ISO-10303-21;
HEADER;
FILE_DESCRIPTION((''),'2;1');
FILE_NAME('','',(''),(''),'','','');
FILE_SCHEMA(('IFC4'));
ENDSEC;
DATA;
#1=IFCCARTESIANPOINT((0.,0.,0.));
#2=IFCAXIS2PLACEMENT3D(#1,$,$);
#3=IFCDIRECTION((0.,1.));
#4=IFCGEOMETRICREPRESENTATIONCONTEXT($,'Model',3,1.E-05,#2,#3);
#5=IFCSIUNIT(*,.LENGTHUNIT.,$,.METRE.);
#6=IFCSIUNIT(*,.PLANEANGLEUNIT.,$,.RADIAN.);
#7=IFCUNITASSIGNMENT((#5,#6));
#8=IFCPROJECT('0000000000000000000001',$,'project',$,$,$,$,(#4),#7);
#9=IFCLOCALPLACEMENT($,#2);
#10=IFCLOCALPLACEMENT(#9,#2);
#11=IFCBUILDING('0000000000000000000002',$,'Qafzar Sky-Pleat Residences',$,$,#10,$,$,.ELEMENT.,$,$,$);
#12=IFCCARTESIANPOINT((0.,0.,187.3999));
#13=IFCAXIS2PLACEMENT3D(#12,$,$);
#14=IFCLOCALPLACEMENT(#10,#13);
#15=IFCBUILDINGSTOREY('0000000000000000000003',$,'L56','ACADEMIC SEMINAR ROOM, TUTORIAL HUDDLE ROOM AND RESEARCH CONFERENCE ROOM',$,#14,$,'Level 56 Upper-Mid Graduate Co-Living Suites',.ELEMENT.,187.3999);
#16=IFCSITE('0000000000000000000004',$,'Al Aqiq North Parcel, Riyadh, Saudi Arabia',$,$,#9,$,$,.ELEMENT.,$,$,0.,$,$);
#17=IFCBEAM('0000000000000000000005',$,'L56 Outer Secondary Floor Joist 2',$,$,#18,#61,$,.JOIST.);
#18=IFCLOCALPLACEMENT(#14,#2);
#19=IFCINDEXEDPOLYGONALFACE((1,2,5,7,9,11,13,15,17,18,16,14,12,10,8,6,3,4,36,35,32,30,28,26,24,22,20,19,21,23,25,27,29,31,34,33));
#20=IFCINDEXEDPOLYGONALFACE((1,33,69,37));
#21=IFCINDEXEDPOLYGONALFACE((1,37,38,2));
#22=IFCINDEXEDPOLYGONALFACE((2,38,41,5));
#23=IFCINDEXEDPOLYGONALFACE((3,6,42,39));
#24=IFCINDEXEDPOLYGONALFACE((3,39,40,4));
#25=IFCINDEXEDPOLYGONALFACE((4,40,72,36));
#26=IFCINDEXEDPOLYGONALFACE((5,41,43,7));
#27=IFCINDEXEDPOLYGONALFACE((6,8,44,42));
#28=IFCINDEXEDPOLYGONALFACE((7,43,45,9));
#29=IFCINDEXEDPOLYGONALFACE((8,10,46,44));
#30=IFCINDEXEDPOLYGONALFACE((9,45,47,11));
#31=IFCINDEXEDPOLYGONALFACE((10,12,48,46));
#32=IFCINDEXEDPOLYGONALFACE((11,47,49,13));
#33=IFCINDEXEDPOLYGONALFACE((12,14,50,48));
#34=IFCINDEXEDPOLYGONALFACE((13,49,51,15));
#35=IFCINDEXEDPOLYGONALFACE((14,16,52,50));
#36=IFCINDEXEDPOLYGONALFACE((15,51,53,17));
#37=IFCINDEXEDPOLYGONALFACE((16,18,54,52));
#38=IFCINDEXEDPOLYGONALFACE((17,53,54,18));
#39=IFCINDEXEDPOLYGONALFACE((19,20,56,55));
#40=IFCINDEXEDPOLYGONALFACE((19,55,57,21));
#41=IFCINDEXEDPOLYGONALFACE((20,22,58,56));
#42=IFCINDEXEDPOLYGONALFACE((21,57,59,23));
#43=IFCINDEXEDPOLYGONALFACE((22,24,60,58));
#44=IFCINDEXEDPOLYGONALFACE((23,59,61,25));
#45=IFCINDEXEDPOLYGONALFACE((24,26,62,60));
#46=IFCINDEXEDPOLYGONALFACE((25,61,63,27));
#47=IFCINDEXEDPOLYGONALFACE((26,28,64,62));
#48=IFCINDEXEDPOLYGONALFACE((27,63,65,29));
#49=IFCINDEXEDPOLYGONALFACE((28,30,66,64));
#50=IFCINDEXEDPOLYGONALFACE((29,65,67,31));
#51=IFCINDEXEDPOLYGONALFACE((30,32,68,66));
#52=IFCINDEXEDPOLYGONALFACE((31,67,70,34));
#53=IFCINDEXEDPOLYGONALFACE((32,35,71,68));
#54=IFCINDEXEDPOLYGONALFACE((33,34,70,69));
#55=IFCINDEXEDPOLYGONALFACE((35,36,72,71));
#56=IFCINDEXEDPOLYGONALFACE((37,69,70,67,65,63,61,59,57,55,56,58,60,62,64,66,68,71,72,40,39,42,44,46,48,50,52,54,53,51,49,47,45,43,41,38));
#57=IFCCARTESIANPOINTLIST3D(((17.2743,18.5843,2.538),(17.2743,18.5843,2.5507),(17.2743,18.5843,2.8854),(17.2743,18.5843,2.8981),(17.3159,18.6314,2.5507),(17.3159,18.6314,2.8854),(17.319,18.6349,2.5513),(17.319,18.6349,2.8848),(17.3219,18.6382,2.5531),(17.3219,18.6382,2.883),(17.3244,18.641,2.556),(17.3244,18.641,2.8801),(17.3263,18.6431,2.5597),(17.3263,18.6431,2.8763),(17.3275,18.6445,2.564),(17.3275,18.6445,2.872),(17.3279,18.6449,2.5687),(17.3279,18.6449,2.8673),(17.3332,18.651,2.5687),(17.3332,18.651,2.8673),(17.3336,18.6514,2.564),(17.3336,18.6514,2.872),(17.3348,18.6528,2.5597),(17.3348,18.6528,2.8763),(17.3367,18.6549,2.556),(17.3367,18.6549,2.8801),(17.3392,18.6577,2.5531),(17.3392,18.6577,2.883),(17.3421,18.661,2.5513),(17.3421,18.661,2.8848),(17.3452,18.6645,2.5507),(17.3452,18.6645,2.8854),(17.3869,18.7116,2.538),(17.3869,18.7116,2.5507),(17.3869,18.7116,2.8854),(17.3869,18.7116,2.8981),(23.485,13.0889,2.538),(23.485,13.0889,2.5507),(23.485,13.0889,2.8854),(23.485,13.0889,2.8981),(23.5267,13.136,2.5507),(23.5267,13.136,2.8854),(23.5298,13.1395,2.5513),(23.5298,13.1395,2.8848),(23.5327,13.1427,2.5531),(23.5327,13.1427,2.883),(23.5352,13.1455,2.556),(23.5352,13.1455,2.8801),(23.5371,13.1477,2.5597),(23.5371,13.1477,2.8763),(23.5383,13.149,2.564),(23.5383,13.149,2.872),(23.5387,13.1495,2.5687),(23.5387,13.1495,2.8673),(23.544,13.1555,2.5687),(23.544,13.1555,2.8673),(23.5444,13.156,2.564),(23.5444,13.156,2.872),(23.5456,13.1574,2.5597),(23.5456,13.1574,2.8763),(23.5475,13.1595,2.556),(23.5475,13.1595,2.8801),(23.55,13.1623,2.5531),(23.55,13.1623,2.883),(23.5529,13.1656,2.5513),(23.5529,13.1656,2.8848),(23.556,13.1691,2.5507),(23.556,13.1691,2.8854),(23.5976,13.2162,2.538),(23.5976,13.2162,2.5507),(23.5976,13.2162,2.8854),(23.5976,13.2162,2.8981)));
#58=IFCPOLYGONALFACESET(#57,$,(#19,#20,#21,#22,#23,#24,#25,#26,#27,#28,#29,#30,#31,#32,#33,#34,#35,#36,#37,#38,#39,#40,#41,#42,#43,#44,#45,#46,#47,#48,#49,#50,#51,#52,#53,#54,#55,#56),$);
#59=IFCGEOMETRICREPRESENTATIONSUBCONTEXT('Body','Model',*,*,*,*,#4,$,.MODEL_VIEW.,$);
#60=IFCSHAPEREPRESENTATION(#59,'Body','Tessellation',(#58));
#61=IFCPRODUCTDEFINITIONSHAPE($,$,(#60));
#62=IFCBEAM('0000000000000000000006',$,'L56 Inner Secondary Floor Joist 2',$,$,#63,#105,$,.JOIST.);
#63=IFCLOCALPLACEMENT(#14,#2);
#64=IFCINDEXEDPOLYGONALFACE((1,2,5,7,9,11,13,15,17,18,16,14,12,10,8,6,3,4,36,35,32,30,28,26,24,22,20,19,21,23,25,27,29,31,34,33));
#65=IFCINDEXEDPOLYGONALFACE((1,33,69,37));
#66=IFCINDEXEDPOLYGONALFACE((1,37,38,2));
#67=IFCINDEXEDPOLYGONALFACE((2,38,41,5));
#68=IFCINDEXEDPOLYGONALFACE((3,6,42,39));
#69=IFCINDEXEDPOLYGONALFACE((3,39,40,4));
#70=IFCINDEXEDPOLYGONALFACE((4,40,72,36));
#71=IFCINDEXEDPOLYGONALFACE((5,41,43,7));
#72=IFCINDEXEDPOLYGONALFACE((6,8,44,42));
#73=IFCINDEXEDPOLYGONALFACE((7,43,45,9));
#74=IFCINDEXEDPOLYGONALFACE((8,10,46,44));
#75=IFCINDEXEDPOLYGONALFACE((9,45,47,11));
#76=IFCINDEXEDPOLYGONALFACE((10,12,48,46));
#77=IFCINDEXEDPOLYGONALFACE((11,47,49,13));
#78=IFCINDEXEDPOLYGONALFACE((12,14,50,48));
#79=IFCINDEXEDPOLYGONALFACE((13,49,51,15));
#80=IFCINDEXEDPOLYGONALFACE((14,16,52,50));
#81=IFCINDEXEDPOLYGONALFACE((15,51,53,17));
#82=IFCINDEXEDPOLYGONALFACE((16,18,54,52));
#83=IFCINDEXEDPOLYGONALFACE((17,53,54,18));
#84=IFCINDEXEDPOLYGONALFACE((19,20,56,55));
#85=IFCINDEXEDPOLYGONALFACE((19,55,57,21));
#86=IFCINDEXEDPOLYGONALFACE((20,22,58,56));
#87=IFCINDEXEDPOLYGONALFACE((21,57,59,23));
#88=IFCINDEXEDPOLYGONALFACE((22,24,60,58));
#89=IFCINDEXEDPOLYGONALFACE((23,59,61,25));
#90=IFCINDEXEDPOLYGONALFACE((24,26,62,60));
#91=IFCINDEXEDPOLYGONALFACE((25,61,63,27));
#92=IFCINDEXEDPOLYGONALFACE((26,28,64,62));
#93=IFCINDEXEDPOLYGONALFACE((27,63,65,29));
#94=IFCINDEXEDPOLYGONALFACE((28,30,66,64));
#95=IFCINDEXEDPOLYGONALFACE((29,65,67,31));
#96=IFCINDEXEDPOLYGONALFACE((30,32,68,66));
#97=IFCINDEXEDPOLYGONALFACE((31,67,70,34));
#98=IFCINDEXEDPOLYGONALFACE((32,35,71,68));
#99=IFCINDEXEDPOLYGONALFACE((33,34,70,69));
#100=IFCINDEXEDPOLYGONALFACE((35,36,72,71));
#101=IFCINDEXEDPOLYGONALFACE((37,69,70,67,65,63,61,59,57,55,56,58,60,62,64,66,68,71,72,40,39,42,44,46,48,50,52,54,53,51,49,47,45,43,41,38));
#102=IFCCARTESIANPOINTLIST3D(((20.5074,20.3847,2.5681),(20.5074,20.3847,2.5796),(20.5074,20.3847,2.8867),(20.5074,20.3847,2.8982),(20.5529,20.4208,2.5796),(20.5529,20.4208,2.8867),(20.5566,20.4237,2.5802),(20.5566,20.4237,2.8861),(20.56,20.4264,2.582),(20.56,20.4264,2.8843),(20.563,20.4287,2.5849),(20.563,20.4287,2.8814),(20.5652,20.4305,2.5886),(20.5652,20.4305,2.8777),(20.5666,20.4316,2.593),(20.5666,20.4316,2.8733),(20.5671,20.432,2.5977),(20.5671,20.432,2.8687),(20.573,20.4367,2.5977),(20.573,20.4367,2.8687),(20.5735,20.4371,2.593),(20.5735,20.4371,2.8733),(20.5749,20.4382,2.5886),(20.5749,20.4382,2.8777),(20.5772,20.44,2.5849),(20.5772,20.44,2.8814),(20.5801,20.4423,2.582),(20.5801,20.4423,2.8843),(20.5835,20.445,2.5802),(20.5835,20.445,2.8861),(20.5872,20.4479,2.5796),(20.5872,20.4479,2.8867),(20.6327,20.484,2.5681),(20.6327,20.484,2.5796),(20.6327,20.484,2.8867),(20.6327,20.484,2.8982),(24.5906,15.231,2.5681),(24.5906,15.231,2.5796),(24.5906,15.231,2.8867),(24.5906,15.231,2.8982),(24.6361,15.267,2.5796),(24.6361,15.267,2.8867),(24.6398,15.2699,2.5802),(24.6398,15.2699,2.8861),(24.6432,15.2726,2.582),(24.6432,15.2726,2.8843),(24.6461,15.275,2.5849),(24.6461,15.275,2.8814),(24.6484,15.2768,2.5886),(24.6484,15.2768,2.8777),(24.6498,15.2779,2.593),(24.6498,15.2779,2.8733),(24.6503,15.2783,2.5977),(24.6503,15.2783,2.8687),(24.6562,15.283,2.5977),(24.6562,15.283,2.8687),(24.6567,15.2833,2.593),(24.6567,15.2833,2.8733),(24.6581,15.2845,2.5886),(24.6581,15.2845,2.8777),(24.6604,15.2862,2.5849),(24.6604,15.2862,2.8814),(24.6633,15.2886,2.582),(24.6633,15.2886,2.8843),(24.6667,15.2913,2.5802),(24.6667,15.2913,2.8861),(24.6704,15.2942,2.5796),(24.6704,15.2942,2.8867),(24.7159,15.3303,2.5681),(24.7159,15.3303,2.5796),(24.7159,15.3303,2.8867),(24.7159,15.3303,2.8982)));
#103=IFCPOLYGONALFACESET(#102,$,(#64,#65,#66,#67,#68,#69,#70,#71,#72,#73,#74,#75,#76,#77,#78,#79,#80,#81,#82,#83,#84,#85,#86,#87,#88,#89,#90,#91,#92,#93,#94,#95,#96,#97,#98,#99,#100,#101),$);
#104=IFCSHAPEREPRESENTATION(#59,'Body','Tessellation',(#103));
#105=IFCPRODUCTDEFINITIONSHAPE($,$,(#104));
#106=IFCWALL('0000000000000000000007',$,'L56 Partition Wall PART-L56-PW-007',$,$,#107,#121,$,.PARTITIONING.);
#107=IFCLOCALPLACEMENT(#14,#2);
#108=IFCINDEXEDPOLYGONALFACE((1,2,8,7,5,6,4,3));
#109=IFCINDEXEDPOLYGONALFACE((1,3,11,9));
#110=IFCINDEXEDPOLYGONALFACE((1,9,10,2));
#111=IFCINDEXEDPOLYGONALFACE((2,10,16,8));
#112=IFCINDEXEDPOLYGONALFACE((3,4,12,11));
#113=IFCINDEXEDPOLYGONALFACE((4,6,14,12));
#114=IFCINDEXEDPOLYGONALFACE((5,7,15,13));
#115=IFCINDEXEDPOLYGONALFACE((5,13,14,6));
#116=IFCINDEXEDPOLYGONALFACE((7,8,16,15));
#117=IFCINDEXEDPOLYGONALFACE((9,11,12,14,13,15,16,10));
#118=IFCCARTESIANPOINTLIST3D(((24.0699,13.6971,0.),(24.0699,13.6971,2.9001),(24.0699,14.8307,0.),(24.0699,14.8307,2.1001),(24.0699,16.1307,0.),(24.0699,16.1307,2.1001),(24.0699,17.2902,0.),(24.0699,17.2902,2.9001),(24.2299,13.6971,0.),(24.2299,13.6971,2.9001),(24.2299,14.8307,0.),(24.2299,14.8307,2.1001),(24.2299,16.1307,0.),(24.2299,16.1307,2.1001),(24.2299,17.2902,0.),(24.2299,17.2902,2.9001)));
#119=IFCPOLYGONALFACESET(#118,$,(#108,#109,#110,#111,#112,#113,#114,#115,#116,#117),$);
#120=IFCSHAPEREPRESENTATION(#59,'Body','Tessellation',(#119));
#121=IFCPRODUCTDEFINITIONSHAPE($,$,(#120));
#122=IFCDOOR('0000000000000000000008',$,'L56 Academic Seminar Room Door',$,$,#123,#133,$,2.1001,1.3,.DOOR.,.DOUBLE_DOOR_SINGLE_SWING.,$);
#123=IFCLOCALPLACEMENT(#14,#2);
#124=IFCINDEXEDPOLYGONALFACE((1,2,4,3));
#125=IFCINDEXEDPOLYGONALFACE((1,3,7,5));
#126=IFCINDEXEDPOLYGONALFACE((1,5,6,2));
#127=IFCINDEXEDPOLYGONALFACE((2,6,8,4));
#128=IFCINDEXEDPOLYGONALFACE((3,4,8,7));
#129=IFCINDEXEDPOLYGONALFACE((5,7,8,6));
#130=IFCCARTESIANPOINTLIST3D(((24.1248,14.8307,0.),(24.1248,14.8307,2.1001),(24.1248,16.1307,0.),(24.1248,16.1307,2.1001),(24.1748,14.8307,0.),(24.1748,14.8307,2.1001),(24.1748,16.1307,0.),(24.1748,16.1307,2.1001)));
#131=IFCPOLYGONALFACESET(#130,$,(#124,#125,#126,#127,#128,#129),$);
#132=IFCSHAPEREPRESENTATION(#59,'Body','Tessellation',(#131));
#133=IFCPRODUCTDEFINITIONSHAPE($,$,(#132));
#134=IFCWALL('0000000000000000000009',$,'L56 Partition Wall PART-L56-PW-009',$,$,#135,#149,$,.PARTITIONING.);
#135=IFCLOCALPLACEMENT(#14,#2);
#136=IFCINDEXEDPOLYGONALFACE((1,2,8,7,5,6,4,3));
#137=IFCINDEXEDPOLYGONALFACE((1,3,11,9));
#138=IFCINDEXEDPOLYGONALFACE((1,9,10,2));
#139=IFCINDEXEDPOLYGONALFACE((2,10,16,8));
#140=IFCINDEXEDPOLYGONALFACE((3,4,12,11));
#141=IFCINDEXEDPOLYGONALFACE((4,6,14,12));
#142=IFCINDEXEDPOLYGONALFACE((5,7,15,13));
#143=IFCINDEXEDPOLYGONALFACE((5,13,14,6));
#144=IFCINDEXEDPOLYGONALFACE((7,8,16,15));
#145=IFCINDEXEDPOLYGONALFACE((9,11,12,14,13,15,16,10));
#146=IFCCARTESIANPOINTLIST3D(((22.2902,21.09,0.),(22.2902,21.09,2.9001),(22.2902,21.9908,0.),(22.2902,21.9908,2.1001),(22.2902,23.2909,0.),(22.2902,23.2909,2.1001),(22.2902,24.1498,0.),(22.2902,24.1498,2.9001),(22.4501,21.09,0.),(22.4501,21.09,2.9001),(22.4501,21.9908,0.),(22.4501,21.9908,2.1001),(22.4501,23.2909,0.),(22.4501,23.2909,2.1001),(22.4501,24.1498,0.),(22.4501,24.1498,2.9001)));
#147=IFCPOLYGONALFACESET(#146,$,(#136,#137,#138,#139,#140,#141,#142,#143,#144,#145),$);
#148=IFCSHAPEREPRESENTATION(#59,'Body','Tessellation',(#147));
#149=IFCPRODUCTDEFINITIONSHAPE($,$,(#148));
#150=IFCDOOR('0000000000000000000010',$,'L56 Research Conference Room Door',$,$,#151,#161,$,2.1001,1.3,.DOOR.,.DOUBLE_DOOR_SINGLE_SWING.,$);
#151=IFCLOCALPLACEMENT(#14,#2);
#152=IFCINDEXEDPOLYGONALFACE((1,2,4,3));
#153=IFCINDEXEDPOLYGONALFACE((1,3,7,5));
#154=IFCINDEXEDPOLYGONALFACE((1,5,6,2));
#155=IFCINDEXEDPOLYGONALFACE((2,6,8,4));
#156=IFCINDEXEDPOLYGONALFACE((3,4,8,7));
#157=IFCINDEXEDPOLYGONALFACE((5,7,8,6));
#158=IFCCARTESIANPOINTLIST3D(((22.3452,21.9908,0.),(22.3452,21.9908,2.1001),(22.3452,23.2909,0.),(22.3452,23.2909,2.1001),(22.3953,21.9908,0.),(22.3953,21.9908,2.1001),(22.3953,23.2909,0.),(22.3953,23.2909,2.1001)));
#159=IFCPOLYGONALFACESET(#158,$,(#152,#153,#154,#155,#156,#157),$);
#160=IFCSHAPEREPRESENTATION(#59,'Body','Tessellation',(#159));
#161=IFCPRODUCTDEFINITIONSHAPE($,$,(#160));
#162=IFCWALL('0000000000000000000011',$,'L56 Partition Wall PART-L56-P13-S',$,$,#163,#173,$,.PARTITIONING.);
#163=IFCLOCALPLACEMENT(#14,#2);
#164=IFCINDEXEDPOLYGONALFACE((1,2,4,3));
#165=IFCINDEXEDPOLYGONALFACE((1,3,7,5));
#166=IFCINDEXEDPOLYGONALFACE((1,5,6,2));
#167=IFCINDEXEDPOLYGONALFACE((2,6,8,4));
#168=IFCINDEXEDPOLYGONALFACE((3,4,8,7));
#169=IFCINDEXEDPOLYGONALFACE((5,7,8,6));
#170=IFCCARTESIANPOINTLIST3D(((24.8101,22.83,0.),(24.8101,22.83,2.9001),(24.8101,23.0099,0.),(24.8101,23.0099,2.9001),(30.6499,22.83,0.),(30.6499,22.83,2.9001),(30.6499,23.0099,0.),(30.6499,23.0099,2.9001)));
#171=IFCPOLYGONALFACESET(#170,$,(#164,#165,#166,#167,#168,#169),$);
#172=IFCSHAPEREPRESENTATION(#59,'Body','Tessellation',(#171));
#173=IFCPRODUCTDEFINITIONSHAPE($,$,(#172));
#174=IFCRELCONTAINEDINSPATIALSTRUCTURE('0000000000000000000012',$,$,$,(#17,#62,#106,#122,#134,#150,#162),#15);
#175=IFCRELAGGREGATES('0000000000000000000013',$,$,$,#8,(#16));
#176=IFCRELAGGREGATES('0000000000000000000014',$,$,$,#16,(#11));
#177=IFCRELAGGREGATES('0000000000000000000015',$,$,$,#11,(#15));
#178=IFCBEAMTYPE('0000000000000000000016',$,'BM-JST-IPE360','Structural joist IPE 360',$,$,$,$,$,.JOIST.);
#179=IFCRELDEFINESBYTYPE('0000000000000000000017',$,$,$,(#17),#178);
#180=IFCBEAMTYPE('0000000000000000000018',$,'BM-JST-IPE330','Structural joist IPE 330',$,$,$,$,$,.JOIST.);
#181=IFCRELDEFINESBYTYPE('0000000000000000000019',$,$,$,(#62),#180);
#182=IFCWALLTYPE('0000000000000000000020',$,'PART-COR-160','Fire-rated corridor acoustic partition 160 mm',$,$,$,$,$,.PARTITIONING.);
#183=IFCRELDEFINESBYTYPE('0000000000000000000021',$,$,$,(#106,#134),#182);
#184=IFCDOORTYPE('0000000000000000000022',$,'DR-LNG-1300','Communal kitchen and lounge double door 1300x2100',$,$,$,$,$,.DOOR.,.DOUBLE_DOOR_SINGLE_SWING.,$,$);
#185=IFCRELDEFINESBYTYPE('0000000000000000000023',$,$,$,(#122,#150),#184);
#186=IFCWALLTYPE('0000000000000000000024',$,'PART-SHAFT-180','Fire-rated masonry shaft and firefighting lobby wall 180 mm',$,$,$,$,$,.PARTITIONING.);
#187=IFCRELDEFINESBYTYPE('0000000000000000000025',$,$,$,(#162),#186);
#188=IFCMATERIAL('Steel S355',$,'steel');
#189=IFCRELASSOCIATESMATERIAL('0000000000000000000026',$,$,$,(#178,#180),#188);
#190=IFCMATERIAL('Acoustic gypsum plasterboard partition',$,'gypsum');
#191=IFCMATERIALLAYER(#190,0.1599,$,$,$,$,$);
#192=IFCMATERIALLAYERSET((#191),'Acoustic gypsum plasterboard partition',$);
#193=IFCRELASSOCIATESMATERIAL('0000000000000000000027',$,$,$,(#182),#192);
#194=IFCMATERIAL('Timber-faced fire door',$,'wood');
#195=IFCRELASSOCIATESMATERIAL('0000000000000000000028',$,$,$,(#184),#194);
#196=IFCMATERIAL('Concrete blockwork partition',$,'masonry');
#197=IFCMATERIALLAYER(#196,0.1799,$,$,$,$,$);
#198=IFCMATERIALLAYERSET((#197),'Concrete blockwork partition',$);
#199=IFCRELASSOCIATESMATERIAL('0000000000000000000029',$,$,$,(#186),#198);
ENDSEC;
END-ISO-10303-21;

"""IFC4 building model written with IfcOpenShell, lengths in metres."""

from ifc_helpers import new_model, si_unit, direction, frame, frame_2d, origin, origin_2d, place, context, subcontext, project, spatial, rectangle, i_section, extrude, source, transform, mapped, material, layer, layer_set, material_profile, profile_set, type_object, element, fill, save


model = new_model("IFC4")

# Units and contexts
model_context = context("Model", 3, precision=1e-05, world=origin(), true_north=direction((0.0, 1.0)))
body_context = subcontext(model_context, "Body", "Model", "MODEL_VIEW")
ifc_project = project(units=[si_unit("LENGTHUNIT", "METRE"), si_unit("PLANEANGLEUNIT", "RADIAN")], contexts=[model_context])

# Site, building, storey
site_placement = place(None, origin())
site = spatial("IfcSite", under=ifc_project, at=site_placement, Name="Al Aqiq North Parcel, Riyadh, Saudi Arabia", CompositionType="ELEMENT", RefElevation=0.0)
building_placement = place(site_placement, origin())
building = spatial("IfcBuilding", under=site, at=building_placement, Name="Qafzar Sky-Pleat Residences", CompositionType="ELEMENT")
storey_placement = place(building_placement, frame((0.0, 0.0, 187.3999)))
storey = spatial("IfcBuildingStorey", under=building, at=storey_placement, Name="L56", Description="ACADEMIC SEMINAR ROOM, TUTORIAL HUDDLE ROOM AND RESEARCH CONFERENCE ROOM", LongName="Level 56 Upper-Mid Graduate Co-Living Suites", CompositionType="ELEMENT", Elevation=187.3999)

# Beams
ifc_material_1 = material(Name="Steel S355", Category="steel")
ifc_material_profile_1 = material_profile(ifc_material_1, i_section(OverallWidth=0.1699, OverallDepth=0.3601, WebThickness=0.0081, FlangeThickness=0.0127, FilletRadius=0.0181, at=origin_2d()), Name="IPE 360")
ifc_profile_set_1 = profile_set([ifc_material_profile_1], Name="Steel S355")
beam_type_1 = type_object("IfcBeamType", Name="BM-JST-IPE360", Description="Structural joist IPE 360", PredefinedType="JOIST", material=ifc_profile_set_1)
shared_shape_1 = source(origin(), body_context, "Body", "SweptSolid", [
    extrude(i_section(OverallWidth=0.1699, OverallDepth=0.3601, WebThickness=0.0081, FlangeThickness=0.0127, FilletRadius=0.0181, at=origin_2d()), origin(), (0.0, 0.0, 1.0), 8.293),
])
beam_1_placement = place(storey_placement, frame((17.3306, 18.6479, 2.718), z_axis=(0.74892, -0.662661, 0.0), x_axis=(0.662661, 0.74892, 0.0)))
element("IfcBeam", 1, at=beam_1_placement, inside=storey, type_object=beam_type_1, Name="L56 Outer Secondary Floor Joist 2", PredefinedType="JOIST", context=body_context, shape_type="MappedRepresentation", body=[
    mapped(shared_shape_1, transform((0.0, 0.0, 0.0), x_axis=(1.0, 0.0, 0.0), y_axis=(0.0, 1.0, 0.0), z_axis=(0.0, 0.0, 1.0), scale=1.0)),
])
ifc_material_profile_2 = material_profile(ifc_material_1, i_section(OverallWidth=0.1599, OverallDepth=0.3301, WebThickness=0.0076, FlangeThickness=0.0115, FilletRadius=0.0181, at=origin_2d()), Name="IPE 330")
ifc_profile_set_2 = profile_set([ifc_material_profile_2], Name="Steel S355")
beam_type_2 = type_object("IfcBeamType", Name="BM-JST-IPE330", Description="Structural joist IPE 330", PredefinedType="JOIST", material=ifc_profile_set_2)
shared_shape_2 = source(origin(), body_context, "Body", "SweptSolid", [
    extrude(i_section(OverallWidth=0.1599, OverallDepth=0.3301, WebThickness=0.0076, FlangeThickness=0.0115, FilletRadius=0.0181, at=origin_2d()), origin(), (0.0, 0.0, 1.0), 6.5752),
])
beam_2_placement = place(storey_placement, frame((20.5701, 20.4343, 2.7332), z_axis=(0.620998, -0.783812, 0.0), x_axis=(0.783812, 0.620998, 0.0)))
element("IfcBeam", 2, at=beam_2_placement, inside=storey, type_object=beam_type_2, Name="L56 Inner Secondary Floor Joist 2", PredefinedType="JOIST", context=body_context, shape_type="MappedRepresentation", body=[
    mapped(shared_shape_2, transform((0.0, 0.0, 0.0), x_axis=(1.0, 0.0, 0.0), y_axis=(0.0, 1.0, 0.0), z_axis=(0.0, 0.0, 1.0), scale=1.0)),
])

# Walls, openings, doors
ifc_material_2 = material(Name="Acoustic gypsum plasterboard partition", Category="gypsum")
ifc_layer_1 = layer(ifc_material_2, 0.1599)
ifc_layer_set_1 = layer_set([ifc_layer_1], Name="Acoustic gypsum plasterboard partition")
wall_type_1 = type_object("IfcWallType", Name="PART-COR-160", Description="Fire-rated corridor acoustic partition 160 mm", PredefinedType="PARTITIONING", material=ifc_layer_set_1)
wall_1_placement = place(storey_placement, frame((24.1499, 17.29, 0.0), z_axis=(0.0, 0.0, 1.0), x_axis=(0.0, -1.0, 0.0)))
wall_1 = element("IfcWall", 3, at=wall_1_placement, inside=storey, type_object=wall_type_1, Name="L56 Partition Wall PART-L56-PW-007", PredefinedType="PARTITIONING", context=body_context, shape_type="SweptSolid", body=[
    extrude(rectangle(XDim=3.593, YDim=0.1599, at=frame_2d((1.7964, 0.0))), origin(), (0.0, 0.0, 1.0), 2.9001),
])
opening_1_placement = place(wall_1_placement, frame((1.1594, 0.0, 0.0)))
opening_1 = element("IfcOpeningElement", 4, at=opening_1_placement, cuts=wall_1, PredefinedType="OPENING", context=body_context, shape_type="SweptSolid", body=[
    extrude(rectangle(XDim=1.3, YDim=2.1001, at=frame_2d((0.6499, 1.05))), frame((0.0, 0.0898, 0.0), z_axis=(0.0, -1.0, 0.0), x_axis=(1.0, 0.0, 0.0)), (0.0, 0.0, 1.0), 0.1799),
])
ifc_material_3 = material(Name="Timber-faced fire door", Category="wood")
door_type_1 = type_object("IfcDoorType", Name="DR-LNG-1300", Description="Communal kitchen and lounge double door 1300x2100", OperationType="DOUBLE_DOOR_SINGLE_SWING", PredefinedType="DOOR", material=ifc_material_3)
shared_shape_3 = source(origin(), body_context, "Body", "SweptSolid", [
    extrude(rectangle(XDim=1.3, YDim=2.1001, at=frame_2d((0.6499, 1.05))), frame((0.0, 0.0249, 0.0), z_axis=(0.0, -1.0, 0.0), x_axis=(1.0, 0.0, 0.0)), (0.0, 0.0, 1.0), 0.05),
])
door_1_placement = place(opening_1_placement, origin())
door_1 = element("IfcDoor", 5, at=door_1_placement, inside=storey, type_object=door_type_1, Name="L56 Academic Seminar Room Door", OperationType="DOUBLE_DOOR_SINGLE_SWING", OverallHeight=2.1001, OverallWidth=1.3, PredefinedType="DOOR", context=body_context, shape_type="MappedRepresentation", body=[
    mapped(shared_shape_3, transform((0.0, 0.0, 0.0), x_axis=(1.0, 0.0, 0.0), y_axis=(0.0, 1.0, 0.0), z_axis=(0.0, 0.0, 1.0), scale=1.0)),
])
fill(opening_1, door_1)
wall_2_placement = place(storey_placement, frame((22.3701, 21.0901, 0.0), z_axis=(0.0, 0.0, 1.0), x_axis=(0.0, 1.0, 0.0)))
wall_2 = element("IfcWall", 6, at=wall_2_placement, inside=storey, type_object=wall_type_1, Name="L56 Partition Wall PART-L56-PW-009", PredefinedType="PARTITIONING", context=body_context, shape_type="SweptSolid", body=[
    extrude(rectangle(XDim=3.0598, YDim=0.1599, at=frame_2d((1.5298, 0.0))), origin(), (0.0, 0.0, 1.0), 2.9001),
])
opening_2_placement = place(wall_2_placement, frame((0.9009, 0.0, 0.0)))
opening_2 = element("IfcOpeningElement", 7, at=opening_2_placement, cuts=wall_2, PredefinedType="OPENING", context=body_context, shape_type="SweptSolid", body=[
    extrude(rectangle(XDim=1.3, YDim=2.1001, at=frame_2d((0.6499, 1.05))), frame((0.0, 0.0898, 0.0), z_axis=(0.0, -1.0, 0.0), x_axis=(1.0, 0.0, 0.0)), (0.0, 0.0, 1.0), 0.1799),
])
door_2_placement = place(opening_2_placement, origin())
door_2 = element("IfcDoor", 8, at=door_2_placement, inside=storey, type_object=door_type_1, Name="L56 Research Conference Room Door", OperationType="DOUBLE_DOOR_SINGLE_SWING", OverallHeight=2.1001, OverallWidth=1.3, PredefinedType="DOOR", context=body_context, shape_type="MappedRepresentation", body=[
    mapped(shared_shape_3, transform((0.0, 0.0, 0.0), x_axis=(1.0, 0.0, 0.0), y_axis=(0.0, 1.0, 0.0), z_axis=(0.0, 0.0, 1.0), scale=1.0)),
])
fill(opening_2, door_2)

# Wall
ifc_material_4 = material(Name="Concrete blockwork partition", Category="masonry")
ifc_layer_2 = layer(ifc_material_4, 0.1799)
ifc_layer_set_2 = layer_set([ifc_layer_2], Name="Concrete blockwork partition")
wall_type_2 = type_object("IfcWallType", Name="PART-SHAFT-180", Description="Fire-rated masonry shaft and firefighting lobby wall 180 mm", PredefinedType="PARTITIONING", material=ifc_layer_set_2)
wall_3_placement = place(storey_placement, frame((24.8101, 22.9199, 0.0), z_axis=(0.0, 0.0, 1.0), x_axis=(1.0, 0.0, 0.0)))
element("IfcWall", 9, at=wall_3_placement, inside=storey, type_object=wall_type_2, Name="L56 Partition Wall PART-L56-P13-S", PredefinedType="PARTITIONING", context=body_context, shape_type="SweptSolid", body=[
    extrude(rectangle(XDim=5.8398, YDim=0.1799, at=frame_2d((2.9199, 0.0))), origin(), (0.0, 0.0, 1.0), 2.9001),
])

save(model, "model.ifc")
